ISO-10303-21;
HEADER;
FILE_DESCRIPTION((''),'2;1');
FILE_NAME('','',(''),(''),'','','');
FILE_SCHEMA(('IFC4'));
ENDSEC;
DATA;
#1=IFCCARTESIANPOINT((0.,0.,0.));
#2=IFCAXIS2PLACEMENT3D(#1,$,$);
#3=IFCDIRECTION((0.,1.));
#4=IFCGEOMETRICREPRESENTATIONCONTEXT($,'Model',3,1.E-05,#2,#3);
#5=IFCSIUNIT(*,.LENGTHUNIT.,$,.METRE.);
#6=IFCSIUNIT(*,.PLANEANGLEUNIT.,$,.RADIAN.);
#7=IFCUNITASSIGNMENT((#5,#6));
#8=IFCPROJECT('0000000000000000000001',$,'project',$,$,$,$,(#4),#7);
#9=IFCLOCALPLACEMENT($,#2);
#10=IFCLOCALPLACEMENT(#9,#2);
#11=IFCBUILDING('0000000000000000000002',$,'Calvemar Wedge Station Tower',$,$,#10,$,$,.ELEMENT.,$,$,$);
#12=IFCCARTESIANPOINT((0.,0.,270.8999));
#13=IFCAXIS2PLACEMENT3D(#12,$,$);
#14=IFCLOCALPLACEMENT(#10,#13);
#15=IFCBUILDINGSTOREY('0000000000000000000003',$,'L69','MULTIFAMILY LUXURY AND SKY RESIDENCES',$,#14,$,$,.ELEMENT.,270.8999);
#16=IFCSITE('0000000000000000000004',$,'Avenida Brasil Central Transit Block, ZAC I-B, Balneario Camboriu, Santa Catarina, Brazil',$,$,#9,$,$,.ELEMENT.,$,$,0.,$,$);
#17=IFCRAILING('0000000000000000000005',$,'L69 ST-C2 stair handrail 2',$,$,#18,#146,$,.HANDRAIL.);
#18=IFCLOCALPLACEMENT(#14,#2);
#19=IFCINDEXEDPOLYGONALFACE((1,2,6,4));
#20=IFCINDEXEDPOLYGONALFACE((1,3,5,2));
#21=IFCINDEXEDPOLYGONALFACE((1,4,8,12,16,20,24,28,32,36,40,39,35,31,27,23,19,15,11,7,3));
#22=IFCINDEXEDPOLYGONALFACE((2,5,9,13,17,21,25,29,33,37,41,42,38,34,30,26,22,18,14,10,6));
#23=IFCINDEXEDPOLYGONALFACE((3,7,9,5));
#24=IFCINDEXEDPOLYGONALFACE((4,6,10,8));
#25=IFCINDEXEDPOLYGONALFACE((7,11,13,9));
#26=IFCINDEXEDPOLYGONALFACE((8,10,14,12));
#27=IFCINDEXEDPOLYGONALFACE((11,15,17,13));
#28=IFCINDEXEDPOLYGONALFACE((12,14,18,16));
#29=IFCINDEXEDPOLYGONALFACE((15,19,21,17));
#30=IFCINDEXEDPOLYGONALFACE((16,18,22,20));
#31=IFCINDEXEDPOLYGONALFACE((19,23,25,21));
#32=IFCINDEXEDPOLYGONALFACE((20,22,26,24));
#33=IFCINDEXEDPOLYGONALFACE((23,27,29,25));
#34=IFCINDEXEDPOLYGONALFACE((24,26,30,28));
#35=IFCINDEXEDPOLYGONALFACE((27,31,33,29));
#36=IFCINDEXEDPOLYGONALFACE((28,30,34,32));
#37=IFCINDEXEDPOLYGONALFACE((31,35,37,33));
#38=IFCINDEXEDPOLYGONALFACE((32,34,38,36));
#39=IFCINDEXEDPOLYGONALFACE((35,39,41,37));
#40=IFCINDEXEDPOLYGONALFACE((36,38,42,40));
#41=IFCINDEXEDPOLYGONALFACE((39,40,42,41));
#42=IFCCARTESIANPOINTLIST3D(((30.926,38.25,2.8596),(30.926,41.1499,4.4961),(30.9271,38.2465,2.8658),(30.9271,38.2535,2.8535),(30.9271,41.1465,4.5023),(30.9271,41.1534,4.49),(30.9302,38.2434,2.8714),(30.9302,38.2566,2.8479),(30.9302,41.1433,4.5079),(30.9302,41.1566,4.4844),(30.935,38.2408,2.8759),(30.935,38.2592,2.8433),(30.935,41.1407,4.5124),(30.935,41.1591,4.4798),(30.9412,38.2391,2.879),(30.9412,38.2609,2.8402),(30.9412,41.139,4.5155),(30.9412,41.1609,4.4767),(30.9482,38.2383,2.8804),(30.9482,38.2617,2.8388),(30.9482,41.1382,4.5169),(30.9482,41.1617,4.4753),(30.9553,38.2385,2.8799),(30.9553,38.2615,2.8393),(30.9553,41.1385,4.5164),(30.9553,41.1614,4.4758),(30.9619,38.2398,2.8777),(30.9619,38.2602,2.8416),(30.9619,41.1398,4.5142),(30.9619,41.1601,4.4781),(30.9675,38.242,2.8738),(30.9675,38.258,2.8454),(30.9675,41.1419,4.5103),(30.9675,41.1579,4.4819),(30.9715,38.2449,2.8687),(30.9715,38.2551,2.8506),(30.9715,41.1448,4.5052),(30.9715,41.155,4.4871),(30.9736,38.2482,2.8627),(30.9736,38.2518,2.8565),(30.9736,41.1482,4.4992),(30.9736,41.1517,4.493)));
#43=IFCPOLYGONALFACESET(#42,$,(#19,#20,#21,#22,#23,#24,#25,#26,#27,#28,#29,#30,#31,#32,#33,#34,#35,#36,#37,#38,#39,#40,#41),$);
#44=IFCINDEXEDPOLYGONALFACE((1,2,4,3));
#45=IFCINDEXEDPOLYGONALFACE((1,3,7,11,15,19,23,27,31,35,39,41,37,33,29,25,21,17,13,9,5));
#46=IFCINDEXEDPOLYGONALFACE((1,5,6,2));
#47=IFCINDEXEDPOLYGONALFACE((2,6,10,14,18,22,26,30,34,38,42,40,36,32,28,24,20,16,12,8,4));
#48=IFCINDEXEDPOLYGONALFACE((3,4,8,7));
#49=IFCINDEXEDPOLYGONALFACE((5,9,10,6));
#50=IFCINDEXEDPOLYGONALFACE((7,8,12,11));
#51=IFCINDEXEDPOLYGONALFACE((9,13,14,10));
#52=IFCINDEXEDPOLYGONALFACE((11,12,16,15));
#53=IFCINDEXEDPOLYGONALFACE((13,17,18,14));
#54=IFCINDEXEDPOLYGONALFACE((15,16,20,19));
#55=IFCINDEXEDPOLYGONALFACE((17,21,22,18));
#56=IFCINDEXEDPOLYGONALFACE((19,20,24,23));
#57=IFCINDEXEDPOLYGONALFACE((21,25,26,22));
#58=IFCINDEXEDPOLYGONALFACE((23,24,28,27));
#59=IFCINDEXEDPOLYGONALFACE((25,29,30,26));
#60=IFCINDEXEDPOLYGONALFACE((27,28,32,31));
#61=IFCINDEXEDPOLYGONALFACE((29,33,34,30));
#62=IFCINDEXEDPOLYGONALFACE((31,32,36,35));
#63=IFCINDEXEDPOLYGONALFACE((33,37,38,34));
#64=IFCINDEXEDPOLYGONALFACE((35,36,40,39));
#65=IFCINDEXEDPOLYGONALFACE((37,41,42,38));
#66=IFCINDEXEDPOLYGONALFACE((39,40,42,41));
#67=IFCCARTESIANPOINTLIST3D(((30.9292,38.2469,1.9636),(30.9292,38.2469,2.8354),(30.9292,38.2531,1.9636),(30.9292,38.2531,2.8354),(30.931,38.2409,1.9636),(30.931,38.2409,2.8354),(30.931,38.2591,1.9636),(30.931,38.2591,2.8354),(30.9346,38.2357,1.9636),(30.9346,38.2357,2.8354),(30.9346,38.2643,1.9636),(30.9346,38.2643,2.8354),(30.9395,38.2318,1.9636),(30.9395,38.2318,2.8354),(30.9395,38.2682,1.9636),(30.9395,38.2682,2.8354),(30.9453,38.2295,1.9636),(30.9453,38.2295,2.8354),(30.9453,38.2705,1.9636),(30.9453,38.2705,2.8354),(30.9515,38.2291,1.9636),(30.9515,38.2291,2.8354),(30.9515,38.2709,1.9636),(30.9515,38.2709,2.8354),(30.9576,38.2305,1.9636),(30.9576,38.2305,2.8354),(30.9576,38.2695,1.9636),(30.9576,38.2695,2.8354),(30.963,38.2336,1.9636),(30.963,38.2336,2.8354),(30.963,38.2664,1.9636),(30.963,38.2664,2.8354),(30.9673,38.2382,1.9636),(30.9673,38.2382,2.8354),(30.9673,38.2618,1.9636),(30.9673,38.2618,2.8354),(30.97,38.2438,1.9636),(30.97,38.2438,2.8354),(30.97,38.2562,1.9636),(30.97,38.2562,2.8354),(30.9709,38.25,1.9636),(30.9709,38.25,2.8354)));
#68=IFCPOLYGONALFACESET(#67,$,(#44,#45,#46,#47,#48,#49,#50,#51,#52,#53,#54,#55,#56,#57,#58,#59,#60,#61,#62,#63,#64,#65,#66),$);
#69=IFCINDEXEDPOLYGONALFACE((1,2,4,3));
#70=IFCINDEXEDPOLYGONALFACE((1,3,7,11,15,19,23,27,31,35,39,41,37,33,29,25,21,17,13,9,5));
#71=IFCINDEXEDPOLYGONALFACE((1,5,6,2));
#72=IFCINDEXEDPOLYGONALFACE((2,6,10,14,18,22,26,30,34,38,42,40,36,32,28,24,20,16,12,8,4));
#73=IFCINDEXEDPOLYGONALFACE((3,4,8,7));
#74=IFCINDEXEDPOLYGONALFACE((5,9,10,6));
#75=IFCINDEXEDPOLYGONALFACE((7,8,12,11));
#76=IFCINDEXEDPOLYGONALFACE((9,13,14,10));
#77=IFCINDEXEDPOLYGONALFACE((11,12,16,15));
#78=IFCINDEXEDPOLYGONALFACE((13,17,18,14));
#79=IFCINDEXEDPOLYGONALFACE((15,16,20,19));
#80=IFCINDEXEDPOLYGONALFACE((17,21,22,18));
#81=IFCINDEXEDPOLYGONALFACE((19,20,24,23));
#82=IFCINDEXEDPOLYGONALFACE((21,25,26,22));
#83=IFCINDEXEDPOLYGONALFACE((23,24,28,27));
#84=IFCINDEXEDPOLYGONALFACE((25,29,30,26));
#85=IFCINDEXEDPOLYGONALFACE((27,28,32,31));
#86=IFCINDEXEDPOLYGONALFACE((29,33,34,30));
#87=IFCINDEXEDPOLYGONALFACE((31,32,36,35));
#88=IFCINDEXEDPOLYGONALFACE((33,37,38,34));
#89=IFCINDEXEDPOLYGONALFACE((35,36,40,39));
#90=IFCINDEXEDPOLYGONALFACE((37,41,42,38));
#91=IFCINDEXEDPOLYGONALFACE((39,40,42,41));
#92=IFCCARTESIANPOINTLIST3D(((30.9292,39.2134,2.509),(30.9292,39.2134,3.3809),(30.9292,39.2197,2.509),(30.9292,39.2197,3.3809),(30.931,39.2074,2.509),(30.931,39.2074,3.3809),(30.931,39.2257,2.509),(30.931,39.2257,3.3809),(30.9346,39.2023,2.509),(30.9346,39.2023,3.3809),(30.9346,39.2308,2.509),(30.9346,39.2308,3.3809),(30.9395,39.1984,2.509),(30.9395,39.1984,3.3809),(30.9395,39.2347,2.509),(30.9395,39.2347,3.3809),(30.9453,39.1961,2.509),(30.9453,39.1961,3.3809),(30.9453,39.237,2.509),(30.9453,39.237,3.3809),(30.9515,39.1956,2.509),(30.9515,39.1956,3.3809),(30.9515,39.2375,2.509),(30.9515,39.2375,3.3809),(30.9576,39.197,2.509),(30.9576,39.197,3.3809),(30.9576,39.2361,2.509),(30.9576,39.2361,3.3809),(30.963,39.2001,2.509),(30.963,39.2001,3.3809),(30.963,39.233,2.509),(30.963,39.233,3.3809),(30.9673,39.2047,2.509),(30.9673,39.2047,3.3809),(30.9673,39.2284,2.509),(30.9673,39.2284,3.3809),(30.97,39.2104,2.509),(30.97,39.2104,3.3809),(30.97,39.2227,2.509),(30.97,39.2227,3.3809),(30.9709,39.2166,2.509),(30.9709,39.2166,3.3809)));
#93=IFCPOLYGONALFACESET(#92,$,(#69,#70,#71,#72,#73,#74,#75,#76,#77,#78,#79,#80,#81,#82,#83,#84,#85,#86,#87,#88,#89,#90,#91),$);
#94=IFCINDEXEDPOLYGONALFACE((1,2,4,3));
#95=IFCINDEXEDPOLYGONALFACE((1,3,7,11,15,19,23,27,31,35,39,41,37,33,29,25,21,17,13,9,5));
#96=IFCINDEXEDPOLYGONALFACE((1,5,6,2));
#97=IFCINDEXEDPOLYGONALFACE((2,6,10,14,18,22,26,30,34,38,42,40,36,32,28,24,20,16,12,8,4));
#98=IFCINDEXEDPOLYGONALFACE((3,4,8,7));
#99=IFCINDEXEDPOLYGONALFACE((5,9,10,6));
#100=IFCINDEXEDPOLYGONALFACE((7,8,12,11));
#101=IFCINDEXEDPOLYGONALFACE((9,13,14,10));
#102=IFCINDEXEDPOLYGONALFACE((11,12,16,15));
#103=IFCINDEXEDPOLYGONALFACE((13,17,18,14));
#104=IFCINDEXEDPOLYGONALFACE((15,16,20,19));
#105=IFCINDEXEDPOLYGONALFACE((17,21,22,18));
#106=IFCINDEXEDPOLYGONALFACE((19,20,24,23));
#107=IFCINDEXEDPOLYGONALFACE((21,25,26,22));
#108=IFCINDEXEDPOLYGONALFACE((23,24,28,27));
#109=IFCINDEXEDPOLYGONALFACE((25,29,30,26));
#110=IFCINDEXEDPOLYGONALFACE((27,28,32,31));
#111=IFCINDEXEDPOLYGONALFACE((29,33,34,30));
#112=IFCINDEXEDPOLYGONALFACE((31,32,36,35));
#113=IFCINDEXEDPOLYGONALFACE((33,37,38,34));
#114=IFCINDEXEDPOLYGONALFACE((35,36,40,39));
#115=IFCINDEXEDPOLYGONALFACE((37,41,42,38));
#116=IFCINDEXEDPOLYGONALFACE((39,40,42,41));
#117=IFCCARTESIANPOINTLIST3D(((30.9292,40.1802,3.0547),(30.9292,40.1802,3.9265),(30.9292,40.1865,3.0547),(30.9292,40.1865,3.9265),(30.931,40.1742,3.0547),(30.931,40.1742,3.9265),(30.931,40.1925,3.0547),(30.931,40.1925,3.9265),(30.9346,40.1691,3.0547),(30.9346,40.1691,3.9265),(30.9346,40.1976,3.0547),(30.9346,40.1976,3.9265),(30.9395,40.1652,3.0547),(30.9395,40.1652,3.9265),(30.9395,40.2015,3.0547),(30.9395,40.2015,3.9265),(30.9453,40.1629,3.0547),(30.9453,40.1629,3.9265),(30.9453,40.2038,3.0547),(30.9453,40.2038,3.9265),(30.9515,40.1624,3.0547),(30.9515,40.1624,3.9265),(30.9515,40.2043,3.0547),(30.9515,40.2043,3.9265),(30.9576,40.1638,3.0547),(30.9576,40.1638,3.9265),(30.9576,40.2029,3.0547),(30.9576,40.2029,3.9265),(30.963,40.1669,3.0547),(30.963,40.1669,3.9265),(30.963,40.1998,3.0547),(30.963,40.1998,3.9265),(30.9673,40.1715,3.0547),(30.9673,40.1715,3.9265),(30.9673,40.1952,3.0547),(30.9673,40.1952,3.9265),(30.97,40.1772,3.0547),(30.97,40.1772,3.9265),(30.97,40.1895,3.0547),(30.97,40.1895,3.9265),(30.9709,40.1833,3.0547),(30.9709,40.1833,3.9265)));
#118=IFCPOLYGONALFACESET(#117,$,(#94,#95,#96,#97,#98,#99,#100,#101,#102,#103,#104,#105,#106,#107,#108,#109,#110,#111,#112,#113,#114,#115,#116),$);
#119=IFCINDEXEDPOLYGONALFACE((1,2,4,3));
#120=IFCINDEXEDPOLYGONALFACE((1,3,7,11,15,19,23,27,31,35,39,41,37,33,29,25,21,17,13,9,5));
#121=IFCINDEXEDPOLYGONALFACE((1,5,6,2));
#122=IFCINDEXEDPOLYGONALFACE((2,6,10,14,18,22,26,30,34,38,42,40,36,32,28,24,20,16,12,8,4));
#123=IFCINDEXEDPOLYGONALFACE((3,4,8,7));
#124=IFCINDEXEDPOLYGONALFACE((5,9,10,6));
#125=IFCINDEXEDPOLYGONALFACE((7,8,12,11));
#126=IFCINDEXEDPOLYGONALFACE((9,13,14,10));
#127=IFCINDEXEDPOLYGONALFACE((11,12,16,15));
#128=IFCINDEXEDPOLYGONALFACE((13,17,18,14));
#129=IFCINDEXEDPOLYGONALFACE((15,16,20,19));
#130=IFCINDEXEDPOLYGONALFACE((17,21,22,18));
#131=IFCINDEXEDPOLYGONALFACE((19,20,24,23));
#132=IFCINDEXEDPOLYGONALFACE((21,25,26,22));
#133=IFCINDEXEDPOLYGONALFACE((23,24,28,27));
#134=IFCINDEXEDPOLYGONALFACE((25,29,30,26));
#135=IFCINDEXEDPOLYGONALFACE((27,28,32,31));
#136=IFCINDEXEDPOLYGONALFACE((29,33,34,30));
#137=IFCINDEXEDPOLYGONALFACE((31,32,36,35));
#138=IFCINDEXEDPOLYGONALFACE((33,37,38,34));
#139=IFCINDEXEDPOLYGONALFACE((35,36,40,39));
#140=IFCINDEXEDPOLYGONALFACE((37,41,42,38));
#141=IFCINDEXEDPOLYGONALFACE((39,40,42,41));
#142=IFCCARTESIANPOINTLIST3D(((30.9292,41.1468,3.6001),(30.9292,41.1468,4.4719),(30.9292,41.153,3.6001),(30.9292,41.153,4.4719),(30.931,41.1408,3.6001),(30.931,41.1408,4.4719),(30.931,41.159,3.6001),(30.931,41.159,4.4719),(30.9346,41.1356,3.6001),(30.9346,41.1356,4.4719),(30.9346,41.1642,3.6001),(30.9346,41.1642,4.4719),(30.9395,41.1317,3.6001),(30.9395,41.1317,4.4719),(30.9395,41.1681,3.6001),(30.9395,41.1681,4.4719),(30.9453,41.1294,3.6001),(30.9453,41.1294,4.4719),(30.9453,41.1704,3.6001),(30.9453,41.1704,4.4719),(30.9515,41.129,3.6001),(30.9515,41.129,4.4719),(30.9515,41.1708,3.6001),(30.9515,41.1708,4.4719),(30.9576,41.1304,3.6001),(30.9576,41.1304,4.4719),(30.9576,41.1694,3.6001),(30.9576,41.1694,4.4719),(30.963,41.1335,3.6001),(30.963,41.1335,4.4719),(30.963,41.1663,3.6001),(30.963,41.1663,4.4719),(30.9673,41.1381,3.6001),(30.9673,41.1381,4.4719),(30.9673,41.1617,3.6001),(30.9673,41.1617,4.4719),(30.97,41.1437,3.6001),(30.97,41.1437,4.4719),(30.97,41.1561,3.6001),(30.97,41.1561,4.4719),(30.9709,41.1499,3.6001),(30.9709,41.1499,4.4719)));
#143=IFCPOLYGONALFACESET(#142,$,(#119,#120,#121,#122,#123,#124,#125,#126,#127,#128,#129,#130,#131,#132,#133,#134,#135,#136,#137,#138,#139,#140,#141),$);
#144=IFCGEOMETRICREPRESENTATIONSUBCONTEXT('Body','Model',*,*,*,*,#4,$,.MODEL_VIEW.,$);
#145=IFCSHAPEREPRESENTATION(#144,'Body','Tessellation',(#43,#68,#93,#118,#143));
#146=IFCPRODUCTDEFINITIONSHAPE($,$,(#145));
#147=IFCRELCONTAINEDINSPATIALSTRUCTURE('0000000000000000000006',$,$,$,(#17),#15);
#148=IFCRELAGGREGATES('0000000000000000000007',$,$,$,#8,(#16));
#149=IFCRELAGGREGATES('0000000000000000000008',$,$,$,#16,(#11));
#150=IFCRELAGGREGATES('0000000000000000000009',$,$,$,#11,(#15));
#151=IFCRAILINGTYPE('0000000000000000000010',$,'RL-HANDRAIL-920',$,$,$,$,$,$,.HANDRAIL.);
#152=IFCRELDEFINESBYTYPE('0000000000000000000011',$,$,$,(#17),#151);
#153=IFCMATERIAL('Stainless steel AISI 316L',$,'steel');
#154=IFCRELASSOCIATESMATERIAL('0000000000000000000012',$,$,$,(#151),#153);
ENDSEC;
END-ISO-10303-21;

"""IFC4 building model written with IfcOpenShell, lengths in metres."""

from ifc_helpers import new_model, si_unit, direction, frame, origin, origin_2d, place, context, subcontext, project, spatial, circle, extrude, material, type_object, element, save


model = new_model("IFC4")

# Units and contexts
model_context = context("Model", 3, precision=1e-05, world=origin(), true_north=direction((0.0, 1.0)))
body_context = subcontext(model_context, "Body", "Model", "MODEL_VIEW")
ifc_project = project(units=[si_unit("LENGTHUNIT", "METRE"), si_unit("PLANEANGLEUNIT", "RADIAN")], contexts=[model_context])

# Site, building, storey
site_placement = place(None, origin())
site = spatial("IfcSite", under=ifc_project, at=site_placement, Name="Avenida Brasil Central Transit Block, ZAC I-B, Balneario Camboriu, Santa Catarina, Brazil", CompositionType="ELEMENT", RefElevation=0.0)
building_placement = place(site_placement, origin())
building = spatial("IfcBuilding", under=site, at=building_placement, Name="Calvemar Wedge Station Tower", CompositionType="ELEMENT")
storey_placement = place(building_placement, frame((0.0, 0.0, 270.8999)))
storey = spatial("IfcBuildingStorey", under=building, at=storey_placement, Name="L69", Description="MULTIFAMILY LUXURY AND SKY RESIDENCES", CompositionType="ELEMENT", Elevation=270.8999)

# Railing
ifc_material_1 = material(Name="Stainless steel AISI 316L", Category="steel")
railing_type_1 = type_object("IfcRailingType", Name="RL-HANDRAIL-920", PredefinedType="HANDRAIL", material=ifc_material_1)
railing_1_placement = place(storey_placement, frame((30.95, 38.25, 1.9636)))
element("IfcRailing", 1, at=railing_1_placement, inside=storey, type_object=railing_type_1, Name="L69 ST-C2 stair handrail 2", PredefinedType="HANDRAIL", context=body_context, shape_type="SweptSolid", body=[
    extrude(circle(Radius=0.0239, at=origin_2d()), frame((0.0, 0.0, 0.896), z_axis=(0.0, 0.870897, 0.491465), x_axis=(-1.0, 0.0, 0.0)), (0.0, 0.0, 1.0), 3.3298),
    extrude(circle(Radius=0.021, at=origin_2d()), origin(), (0.0, 0.0, 1.0), 0.8718),
    extrude(circle(Radius=0.021, at=origin_2d()), frame((0.0, 0.9666, 0.5454)), (0.0, 0.0, 1.0), 0.8718),
    extrude(circle(Radius=0.021, at=origin_2d()), frame((0.0, 1.9333, 1.0911)), (0.0, 0.0, 1.0), 0.8718),
    extrude(circle(Radius=0.021, at=origin_2d()), frame((0.0, 2.8999, 1.6365)), (0.0, 0.0, 1.0), 0.8718),
])

save(model, "model.ifc")
